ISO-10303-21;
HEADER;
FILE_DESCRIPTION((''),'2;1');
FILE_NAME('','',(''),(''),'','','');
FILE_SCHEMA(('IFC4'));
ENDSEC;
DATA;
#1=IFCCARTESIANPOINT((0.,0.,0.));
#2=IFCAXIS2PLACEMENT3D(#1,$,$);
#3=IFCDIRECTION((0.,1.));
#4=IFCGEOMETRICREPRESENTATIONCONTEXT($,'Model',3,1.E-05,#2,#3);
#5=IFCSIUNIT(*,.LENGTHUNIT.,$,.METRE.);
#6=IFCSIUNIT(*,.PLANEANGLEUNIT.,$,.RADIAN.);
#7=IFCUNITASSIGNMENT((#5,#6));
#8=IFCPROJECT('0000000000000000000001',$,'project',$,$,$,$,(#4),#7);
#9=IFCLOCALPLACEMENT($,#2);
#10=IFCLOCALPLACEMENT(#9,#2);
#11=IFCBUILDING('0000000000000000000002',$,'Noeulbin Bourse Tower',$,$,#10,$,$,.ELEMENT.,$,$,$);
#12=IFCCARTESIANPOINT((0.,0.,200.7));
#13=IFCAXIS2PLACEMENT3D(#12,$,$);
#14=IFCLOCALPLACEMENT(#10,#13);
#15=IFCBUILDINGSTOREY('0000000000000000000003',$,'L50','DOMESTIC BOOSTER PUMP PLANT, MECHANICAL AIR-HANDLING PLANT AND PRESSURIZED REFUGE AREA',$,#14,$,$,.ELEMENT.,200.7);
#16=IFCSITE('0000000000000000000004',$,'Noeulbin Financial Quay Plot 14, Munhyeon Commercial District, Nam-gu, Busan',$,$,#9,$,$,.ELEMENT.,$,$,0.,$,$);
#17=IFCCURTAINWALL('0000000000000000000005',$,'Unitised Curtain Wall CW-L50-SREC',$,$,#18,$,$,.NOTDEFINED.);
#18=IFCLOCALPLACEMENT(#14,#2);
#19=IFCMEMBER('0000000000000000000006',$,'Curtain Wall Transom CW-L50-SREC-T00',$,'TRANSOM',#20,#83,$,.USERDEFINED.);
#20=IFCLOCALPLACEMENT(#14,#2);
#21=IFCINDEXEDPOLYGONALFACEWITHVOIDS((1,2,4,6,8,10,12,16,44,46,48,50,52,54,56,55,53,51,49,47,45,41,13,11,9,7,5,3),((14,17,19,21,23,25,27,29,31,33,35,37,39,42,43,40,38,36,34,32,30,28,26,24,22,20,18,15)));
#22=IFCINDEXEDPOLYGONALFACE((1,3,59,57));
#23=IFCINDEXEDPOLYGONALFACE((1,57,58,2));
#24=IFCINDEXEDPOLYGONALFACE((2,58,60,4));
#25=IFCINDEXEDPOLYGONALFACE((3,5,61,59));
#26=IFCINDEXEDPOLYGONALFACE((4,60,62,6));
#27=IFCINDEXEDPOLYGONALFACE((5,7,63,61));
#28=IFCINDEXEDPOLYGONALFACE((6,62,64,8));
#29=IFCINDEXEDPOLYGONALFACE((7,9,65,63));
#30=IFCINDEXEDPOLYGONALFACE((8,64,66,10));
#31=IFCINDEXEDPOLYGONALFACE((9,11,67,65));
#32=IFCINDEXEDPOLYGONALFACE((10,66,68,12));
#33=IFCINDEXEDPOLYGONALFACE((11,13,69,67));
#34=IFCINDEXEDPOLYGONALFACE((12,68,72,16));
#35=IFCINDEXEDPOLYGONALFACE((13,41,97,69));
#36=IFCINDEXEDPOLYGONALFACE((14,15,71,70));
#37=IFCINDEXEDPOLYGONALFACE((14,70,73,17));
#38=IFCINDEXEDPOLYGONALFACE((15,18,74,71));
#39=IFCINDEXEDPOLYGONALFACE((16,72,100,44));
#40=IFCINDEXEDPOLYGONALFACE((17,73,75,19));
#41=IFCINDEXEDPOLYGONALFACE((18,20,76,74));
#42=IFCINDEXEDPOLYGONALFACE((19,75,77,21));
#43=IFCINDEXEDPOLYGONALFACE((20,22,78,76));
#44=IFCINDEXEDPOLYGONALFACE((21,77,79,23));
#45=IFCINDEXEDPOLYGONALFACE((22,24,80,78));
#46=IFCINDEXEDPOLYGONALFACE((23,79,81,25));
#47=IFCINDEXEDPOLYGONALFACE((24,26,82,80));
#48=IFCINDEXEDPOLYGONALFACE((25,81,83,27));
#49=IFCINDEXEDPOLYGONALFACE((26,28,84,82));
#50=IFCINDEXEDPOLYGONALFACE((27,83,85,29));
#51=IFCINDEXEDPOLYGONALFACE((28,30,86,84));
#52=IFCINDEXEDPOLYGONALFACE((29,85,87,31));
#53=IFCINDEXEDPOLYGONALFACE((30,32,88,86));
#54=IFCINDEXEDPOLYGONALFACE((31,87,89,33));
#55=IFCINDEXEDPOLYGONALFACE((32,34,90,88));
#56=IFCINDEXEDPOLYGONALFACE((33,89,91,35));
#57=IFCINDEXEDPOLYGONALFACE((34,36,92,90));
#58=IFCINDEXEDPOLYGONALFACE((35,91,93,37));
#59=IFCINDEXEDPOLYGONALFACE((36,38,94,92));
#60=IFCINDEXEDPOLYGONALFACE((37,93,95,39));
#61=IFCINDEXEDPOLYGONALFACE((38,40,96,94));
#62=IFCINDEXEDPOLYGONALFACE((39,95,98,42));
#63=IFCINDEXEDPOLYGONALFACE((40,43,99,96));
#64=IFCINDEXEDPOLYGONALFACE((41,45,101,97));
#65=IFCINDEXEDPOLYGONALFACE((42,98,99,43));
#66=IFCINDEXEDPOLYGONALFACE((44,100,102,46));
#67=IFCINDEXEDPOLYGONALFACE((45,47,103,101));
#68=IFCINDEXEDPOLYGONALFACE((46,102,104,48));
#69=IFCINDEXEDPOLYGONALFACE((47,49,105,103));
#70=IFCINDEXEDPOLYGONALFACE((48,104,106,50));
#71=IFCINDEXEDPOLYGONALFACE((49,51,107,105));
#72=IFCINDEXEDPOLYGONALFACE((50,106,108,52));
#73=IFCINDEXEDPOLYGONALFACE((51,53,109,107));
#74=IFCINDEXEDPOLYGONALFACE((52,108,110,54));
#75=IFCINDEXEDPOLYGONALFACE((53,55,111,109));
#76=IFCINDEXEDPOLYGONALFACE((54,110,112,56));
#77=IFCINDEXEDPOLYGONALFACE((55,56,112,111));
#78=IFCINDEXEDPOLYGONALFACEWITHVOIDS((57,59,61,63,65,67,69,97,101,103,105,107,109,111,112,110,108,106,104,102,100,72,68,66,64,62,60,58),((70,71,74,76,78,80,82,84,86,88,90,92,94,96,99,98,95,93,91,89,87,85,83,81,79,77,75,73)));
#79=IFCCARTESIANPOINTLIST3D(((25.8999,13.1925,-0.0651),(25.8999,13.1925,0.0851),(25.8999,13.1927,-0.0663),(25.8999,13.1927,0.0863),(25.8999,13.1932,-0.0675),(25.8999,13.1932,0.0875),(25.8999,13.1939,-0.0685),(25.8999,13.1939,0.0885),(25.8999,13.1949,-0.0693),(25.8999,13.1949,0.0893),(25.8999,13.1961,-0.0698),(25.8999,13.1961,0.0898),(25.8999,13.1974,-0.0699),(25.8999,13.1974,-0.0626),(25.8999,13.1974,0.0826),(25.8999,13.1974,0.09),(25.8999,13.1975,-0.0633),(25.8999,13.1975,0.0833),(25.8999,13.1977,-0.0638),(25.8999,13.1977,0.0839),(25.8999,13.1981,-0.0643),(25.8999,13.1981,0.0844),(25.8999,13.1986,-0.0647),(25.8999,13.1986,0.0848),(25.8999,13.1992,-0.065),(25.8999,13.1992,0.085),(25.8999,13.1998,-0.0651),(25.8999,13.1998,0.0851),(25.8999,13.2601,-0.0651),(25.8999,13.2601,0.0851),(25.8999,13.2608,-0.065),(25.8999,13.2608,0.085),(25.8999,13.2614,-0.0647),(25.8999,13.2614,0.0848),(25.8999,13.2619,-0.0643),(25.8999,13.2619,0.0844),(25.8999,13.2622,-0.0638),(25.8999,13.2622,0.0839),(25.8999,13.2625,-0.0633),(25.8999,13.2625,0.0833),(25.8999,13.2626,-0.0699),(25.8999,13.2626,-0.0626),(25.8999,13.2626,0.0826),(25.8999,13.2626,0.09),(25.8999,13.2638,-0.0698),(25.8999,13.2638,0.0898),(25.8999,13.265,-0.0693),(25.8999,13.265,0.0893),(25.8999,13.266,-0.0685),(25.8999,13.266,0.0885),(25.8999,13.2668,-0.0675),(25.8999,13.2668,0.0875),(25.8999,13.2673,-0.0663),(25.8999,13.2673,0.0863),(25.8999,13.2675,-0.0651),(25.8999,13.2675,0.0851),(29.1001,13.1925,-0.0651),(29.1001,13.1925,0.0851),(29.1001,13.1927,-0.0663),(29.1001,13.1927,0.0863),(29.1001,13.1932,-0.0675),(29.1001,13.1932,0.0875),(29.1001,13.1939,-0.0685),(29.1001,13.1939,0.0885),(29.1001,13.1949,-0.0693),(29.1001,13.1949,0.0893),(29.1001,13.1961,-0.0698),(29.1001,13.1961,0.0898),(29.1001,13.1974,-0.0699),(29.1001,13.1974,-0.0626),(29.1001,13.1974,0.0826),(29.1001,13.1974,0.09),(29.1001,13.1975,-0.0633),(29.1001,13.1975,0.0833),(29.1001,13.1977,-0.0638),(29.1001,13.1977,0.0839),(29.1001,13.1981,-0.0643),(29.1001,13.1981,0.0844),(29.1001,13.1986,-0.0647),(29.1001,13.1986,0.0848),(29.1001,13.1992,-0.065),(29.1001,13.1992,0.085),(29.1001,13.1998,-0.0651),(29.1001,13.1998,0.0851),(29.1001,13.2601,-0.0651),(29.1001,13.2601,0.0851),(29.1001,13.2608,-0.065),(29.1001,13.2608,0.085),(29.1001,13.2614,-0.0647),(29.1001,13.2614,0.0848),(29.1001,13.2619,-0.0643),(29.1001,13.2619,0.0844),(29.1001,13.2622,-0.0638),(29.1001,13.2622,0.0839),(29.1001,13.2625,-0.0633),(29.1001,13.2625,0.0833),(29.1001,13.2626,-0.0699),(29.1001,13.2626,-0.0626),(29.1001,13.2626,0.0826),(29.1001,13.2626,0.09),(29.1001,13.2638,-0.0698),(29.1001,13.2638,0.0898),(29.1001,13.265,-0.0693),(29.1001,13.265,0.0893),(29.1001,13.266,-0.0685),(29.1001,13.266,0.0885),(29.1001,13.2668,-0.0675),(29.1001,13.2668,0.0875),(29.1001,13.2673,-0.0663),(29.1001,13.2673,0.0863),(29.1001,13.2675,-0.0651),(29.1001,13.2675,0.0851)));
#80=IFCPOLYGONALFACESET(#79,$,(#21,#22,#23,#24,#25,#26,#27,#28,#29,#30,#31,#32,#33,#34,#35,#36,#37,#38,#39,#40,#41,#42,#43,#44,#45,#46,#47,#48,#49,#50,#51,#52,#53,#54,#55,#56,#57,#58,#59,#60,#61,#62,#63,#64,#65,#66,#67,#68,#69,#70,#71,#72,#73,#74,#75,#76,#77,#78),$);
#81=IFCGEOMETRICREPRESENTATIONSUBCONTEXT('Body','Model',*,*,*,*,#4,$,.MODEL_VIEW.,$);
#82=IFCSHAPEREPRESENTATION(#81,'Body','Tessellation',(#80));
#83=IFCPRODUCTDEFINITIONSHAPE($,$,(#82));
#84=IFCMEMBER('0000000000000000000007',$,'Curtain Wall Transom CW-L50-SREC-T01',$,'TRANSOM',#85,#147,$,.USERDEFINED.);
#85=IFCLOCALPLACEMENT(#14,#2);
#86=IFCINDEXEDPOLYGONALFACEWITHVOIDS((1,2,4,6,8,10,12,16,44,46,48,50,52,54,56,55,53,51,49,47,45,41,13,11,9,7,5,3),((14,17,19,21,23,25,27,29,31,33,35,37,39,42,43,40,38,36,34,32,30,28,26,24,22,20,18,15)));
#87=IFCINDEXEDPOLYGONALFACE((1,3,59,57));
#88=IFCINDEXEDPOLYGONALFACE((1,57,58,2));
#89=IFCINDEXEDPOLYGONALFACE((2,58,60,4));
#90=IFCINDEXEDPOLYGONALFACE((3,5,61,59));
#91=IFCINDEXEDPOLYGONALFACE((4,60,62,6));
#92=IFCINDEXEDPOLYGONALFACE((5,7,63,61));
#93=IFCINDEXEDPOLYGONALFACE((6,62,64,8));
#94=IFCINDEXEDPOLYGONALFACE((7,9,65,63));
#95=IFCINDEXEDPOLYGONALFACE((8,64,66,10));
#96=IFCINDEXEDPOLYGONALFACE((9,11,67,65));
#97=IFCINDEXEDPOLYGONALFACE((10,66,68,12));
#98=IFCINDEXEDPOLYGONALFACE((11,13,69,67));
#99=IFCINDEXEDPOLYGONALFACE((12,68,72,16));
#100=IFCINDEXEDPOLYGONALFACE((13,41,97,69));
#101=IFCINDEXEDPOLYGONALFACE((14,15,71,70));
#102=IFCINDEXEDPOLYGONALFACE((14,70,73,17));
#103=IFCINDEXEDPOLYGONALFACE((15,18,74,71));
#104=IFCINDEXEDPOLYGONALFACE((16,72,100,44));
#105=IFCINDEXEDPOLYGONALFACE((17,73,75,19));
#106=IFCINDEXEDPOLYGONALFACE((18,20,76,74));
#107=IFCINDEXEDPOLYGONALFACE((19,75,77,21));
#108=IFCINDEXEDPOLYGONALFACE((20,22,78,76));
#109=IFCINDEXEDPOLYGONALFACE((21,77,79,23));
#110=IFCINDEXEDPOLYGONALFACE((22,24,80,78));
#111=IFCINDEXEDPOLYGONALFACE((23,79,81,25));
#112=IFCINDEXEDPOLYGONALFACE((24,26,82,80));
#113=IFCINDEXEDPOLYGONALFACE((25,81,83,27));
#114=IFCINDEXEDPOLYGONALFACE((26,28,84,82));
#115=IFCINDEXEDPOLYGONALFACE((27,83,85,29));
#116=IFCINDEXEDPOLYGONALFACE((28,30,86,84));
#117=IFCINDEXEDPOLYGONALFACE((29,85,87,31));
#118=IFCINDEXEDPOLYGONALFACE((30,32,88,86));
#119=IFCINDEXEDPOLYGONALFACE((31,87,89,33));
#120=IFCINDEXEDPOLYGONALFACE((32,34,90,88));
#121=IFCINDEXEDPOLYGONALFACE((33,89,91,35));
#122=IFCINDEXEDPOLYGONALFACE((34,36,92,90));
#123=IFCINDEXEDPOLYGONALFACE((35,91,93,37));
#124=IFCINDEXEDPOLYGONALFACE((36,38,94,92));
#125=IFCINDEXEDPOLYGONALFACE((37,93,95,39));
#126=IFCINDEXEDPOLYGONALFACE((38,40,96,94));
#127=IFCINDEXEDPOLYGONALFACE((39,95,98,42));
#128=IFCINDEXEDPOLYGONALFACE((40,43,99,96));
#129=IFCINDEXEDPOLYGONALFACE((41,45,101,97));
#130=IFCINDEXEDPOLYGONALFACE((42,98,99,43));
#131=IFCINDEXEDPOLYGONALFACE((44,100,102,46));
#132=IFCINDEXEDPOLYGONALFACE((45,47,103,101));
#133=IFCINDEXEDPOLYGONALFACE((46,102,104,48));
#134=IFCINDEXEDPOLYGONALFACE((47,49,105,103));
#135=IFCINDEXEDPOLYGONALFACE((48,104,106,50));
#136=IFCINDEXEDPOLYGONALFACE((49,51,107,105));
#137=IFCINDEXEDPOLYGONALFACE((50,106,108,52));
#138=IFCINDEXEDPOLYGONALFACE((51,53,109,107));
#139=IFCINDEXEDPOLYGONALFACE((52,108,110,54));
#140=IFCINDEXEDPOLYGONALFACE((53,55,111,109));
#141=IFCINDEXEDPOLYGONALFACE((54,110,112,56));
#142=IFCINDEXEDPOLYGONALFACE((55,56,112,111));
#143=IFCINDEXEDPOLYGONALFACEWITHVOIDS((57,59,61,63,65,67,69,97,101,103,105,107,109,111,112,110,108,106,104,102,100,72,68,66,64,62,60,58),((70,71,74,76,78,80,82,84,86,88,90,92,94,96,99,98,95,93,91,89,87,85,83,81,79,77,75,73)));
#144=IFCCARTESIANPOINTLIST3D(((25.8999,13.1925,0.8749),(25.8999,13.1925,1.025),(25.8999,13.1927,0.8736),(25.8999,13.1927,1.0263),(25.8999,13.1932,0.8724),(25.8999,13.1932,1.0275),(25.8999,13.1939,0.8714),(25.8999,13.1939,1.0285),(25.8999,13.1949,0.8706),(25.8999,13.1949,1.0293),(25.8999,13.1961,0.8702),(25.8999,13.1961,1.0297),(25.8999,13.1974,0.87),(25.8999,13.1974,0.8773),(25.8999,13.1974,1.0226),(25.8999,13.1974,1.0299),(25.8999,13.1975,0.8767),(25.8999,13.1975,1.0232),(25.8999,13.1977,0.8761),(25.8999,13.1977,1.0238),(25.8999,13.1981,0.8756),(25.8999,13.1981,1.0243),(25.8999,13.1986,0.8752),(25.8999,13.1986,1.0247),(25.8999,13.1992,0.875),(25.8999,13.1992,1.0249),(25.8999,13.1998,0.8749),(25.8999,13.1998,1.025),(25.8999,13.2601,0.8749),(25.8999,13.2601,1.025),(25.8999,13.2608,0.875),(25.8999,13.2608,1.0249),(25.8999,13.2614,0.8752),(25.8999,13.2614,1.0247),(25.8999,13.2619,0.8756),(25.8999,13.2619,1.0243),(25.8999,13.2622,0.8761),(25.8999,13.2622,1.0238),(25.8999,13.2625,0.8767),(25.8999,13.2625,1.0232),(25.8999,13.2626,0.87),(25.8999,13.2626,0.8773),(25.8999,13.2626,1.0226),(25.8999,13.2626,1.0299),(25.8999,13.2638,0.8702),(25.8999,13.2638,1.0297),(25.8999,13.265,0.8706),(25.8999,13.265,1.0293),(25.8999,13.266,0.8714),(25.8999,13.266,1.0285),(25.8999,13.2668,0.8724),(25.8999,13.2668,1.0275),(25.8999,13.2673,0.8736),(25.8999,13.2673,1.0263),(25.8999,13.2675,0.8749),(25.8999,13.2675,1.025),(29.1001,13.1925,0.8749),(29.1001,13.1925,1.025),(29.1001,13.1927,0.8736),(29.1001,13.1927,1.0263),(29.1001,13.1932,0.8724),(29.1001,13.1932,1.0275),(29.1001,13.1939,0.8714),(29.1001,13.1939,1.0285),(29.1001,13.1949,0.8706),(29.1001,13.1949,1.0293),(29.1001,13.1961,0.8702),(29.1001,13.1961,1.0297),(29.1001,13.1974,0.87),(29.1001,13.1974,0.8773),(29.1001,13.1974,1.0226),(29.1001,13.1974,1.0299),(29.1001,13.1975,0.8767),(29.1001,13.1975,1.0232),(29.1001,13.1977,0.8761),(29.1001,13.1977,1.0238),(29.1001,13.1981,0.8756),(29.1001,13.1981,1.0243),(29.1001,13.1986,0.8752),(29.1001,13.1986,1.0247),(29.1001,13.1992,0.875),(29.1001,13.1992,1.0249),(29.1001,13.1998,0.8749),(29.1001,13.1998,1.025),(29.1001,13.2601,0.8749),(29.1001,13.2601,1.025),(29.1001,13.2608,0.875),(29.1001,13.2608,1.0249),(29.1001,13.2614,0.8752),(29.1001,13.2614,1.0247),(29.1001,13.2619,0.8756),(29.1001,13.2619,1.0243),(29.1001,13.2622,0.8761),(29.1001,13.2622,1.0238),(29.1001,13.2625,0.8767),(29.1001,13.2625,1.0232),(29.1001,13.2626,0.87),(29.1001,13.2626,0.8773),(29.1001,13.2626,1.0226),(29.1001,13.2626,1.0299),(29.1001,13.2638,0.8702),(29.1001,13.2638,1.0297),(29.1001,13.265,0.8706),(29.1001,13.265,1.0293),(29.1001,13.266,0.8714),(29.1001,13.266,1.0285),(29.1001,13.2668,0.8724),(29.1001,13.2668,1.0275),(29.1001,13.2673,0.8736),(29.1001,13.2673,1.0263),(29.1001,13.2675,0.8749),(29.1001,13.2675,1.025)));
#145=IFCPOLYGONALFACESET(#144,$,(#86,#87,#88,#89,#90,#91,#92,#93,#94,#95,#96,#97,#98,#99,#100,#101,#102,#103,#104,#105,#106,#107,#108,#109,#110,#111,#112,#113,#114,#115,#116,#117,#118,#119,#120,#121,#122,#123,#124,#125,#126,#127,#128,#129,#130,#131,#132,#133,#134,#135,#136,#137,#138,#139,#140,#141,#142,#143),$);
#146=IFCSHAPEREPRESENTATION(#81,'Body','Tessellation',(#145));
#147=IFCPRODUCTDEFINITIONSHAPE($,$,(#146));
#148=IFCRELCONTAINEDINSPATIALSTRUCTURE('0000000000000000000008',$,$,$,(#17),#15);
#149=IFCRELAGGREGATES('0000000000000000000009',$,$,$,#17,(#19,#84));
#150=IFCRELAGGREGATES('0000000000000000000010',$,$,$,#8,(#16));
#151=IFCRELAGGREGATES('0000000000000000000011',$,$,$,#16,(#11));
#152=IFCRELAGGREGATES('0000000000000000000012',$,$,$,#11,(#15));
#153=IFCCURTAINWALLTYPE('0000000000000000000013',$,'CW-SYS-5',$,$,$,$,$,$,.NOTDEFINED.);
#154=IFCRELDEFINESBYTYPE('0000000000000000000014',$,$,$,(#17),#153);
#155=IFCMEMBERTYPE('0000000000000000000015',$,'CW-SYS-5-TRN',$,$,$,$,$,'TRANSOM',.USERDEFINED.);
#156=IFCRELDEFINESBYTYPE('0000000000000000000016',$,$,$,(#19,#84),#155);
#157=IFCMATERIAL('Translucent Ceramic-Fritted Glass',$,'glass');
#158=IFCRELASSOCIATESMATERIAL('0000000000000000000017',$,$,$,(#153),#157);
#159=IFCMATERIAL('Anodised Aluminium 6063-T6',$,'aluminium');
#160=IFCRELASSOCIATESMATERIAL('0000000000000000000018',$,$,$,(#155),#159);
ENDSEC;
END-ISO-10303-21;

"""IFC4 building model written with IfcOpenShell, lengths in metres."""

from ifc_helpers import new_model, si_unit, direction, frame, origin, origin_2d, place, context, subcontext, project, spatial, hollow_rectangle, extrude, material, material_profile, profile_set, type_object, element, aggregate, save


model = new_model("IFC4")

# Units and contexts
model_context = context("Model", 3, precision=1e-05, world=origin(), true_north=direction((0.0, 1.0)))
body_context = subcontext(model_context, "Body", "Model", "MODEL_VIEW")
ifc_project = project(units=[si_unit("LENGTHUNIT", "METRE"), si_unit("PLANEANGLEUNIT", "RADIAN")], contexts=[model_context])

# Site, building, storey
site_placement = place(None, origin())
site = spatial("IfcSite", under=ifc_project, at=site_placement, Name="Noeulbin Financial Quay Plot 14, Munhyeon Commercial District, Nam-gu, Busan", CompositionType="ELEMENT", RefElevation=0.0)
building_placement = place(site_placement, origin())
building = spatial("IfcBuilding", under=site, at=building_placement, Name="Noeulbin Bourse Tower", CompositionType="ELEMENT")
storey_placement = place(building_placement, frame((0.0, 0.0, 200.7)))
storey = spatial("IfcBuildingStorey", under=building, at=storey_placement, Name="L50", Description="DOMESTIC BOOSTER PUMP PLANT, MECHANICAL AIR-HANDLING PLANT AND PRESSURIZED REFUGE AREA", CompositionType="ELEMENT", Elevation=200.7)

# Curtain wall
ifc_material_1 = material(Name="Translucent Ceramic-Fritted Glass", Category="glass")
curtain_wall_type = type_object("IfcCurtainWallType", Name="CW-SYS-5", PredefinedType="NOTDEFINED", material=ifc_material_1)
curtain_wall_1_placement = place(storey_placement, origin())
curtain_wall_1 = element("IfcCurtainWall", 1, at=curtain_wall_1_placement, inside=storey, type_object=curtain_wall_type, Name="Unitised Curtain Wall CW-L50-SREC", PredefinedType="NOTDEFINED")
ifc_material_2 = material(Name="Anodised Aluminium 6063-T6", Category="aluminium")

# Members
ifc_material_profile_1 = material_profile(ifc_material_2, hollow_rectangle(XDim=0.075, YDim=0.1599, WallThickness=0.0049, InnerFilletRadius=0.0024, OuterFilletRadius=0.0049, at=origin_2d()), Name="ALU-TRAN-75x160x5", Category="LoadBearing")
ifc_profile_set_1 = profile_set([ifc_material_profile_1], Name="Anodised Aluminium 6063-T6")
member_type_1 = type_object("IfcMemberType", Name="CW-SYS-5-TRN", ElementType="TRANSOM", PredefinedType="USERDEFINED", material=ifc_profile_set_1)
member_1_placement = place(storey_placement, frame((25.8999, 13.23, 0.01), z_axis=(1.0, 0.0, 0.0), x_axis=(0.0, 1.0, 0.0)))
member_1 = element("IfcMember", 2, at=member_1_placement, type_object=member_type_1, Name="Curtain Wall Transom CW-L50-SREC-T00", ObjectType="TRANSOM", PredefinedType="USERDEFINED", context=body_context, shape_type="SweptSolid", body=[
    extrude(hollow_rectangle(XDim=0.075, YDim=0.1599, WallThickness=0.0049, InnerFilletRadius=0.0024, OuterFilletRadius=0.0049, at=origin_2d()), origin(), (0.0, 0.0, 1.0), 3.2002),
])
member_2_placement = place(storey_placement, frame((25.8999, 13.23, 0.95), z_axis=(1.0, 0.0, 0.0), x_axis=(0.0, 1.0, 0.0)))
member_2 = element("IfcMember", 3, at=member_2_placement, type_object=member_type_1, Name="Curtain Wall Transom CW-L50-SREC-T01", ObjectType="TRANSOM", PredefinedType="USERDEFINED", context=body_context, shape_type="SweptSolid", body=[
    extrude(hollow_rectangle(XDim=0.075, YDim=0.1599, WallThickness=0.0049, InnerFilletRadius=0.0024, OuterFilletRadius=0.0049, at=origin_2d()), origin(), (0.0, 0.0, 1.0), 3.2002),
])

aggregate(curtain_wall_1, [member_1, member_2])

save(model, "model.ifc")
